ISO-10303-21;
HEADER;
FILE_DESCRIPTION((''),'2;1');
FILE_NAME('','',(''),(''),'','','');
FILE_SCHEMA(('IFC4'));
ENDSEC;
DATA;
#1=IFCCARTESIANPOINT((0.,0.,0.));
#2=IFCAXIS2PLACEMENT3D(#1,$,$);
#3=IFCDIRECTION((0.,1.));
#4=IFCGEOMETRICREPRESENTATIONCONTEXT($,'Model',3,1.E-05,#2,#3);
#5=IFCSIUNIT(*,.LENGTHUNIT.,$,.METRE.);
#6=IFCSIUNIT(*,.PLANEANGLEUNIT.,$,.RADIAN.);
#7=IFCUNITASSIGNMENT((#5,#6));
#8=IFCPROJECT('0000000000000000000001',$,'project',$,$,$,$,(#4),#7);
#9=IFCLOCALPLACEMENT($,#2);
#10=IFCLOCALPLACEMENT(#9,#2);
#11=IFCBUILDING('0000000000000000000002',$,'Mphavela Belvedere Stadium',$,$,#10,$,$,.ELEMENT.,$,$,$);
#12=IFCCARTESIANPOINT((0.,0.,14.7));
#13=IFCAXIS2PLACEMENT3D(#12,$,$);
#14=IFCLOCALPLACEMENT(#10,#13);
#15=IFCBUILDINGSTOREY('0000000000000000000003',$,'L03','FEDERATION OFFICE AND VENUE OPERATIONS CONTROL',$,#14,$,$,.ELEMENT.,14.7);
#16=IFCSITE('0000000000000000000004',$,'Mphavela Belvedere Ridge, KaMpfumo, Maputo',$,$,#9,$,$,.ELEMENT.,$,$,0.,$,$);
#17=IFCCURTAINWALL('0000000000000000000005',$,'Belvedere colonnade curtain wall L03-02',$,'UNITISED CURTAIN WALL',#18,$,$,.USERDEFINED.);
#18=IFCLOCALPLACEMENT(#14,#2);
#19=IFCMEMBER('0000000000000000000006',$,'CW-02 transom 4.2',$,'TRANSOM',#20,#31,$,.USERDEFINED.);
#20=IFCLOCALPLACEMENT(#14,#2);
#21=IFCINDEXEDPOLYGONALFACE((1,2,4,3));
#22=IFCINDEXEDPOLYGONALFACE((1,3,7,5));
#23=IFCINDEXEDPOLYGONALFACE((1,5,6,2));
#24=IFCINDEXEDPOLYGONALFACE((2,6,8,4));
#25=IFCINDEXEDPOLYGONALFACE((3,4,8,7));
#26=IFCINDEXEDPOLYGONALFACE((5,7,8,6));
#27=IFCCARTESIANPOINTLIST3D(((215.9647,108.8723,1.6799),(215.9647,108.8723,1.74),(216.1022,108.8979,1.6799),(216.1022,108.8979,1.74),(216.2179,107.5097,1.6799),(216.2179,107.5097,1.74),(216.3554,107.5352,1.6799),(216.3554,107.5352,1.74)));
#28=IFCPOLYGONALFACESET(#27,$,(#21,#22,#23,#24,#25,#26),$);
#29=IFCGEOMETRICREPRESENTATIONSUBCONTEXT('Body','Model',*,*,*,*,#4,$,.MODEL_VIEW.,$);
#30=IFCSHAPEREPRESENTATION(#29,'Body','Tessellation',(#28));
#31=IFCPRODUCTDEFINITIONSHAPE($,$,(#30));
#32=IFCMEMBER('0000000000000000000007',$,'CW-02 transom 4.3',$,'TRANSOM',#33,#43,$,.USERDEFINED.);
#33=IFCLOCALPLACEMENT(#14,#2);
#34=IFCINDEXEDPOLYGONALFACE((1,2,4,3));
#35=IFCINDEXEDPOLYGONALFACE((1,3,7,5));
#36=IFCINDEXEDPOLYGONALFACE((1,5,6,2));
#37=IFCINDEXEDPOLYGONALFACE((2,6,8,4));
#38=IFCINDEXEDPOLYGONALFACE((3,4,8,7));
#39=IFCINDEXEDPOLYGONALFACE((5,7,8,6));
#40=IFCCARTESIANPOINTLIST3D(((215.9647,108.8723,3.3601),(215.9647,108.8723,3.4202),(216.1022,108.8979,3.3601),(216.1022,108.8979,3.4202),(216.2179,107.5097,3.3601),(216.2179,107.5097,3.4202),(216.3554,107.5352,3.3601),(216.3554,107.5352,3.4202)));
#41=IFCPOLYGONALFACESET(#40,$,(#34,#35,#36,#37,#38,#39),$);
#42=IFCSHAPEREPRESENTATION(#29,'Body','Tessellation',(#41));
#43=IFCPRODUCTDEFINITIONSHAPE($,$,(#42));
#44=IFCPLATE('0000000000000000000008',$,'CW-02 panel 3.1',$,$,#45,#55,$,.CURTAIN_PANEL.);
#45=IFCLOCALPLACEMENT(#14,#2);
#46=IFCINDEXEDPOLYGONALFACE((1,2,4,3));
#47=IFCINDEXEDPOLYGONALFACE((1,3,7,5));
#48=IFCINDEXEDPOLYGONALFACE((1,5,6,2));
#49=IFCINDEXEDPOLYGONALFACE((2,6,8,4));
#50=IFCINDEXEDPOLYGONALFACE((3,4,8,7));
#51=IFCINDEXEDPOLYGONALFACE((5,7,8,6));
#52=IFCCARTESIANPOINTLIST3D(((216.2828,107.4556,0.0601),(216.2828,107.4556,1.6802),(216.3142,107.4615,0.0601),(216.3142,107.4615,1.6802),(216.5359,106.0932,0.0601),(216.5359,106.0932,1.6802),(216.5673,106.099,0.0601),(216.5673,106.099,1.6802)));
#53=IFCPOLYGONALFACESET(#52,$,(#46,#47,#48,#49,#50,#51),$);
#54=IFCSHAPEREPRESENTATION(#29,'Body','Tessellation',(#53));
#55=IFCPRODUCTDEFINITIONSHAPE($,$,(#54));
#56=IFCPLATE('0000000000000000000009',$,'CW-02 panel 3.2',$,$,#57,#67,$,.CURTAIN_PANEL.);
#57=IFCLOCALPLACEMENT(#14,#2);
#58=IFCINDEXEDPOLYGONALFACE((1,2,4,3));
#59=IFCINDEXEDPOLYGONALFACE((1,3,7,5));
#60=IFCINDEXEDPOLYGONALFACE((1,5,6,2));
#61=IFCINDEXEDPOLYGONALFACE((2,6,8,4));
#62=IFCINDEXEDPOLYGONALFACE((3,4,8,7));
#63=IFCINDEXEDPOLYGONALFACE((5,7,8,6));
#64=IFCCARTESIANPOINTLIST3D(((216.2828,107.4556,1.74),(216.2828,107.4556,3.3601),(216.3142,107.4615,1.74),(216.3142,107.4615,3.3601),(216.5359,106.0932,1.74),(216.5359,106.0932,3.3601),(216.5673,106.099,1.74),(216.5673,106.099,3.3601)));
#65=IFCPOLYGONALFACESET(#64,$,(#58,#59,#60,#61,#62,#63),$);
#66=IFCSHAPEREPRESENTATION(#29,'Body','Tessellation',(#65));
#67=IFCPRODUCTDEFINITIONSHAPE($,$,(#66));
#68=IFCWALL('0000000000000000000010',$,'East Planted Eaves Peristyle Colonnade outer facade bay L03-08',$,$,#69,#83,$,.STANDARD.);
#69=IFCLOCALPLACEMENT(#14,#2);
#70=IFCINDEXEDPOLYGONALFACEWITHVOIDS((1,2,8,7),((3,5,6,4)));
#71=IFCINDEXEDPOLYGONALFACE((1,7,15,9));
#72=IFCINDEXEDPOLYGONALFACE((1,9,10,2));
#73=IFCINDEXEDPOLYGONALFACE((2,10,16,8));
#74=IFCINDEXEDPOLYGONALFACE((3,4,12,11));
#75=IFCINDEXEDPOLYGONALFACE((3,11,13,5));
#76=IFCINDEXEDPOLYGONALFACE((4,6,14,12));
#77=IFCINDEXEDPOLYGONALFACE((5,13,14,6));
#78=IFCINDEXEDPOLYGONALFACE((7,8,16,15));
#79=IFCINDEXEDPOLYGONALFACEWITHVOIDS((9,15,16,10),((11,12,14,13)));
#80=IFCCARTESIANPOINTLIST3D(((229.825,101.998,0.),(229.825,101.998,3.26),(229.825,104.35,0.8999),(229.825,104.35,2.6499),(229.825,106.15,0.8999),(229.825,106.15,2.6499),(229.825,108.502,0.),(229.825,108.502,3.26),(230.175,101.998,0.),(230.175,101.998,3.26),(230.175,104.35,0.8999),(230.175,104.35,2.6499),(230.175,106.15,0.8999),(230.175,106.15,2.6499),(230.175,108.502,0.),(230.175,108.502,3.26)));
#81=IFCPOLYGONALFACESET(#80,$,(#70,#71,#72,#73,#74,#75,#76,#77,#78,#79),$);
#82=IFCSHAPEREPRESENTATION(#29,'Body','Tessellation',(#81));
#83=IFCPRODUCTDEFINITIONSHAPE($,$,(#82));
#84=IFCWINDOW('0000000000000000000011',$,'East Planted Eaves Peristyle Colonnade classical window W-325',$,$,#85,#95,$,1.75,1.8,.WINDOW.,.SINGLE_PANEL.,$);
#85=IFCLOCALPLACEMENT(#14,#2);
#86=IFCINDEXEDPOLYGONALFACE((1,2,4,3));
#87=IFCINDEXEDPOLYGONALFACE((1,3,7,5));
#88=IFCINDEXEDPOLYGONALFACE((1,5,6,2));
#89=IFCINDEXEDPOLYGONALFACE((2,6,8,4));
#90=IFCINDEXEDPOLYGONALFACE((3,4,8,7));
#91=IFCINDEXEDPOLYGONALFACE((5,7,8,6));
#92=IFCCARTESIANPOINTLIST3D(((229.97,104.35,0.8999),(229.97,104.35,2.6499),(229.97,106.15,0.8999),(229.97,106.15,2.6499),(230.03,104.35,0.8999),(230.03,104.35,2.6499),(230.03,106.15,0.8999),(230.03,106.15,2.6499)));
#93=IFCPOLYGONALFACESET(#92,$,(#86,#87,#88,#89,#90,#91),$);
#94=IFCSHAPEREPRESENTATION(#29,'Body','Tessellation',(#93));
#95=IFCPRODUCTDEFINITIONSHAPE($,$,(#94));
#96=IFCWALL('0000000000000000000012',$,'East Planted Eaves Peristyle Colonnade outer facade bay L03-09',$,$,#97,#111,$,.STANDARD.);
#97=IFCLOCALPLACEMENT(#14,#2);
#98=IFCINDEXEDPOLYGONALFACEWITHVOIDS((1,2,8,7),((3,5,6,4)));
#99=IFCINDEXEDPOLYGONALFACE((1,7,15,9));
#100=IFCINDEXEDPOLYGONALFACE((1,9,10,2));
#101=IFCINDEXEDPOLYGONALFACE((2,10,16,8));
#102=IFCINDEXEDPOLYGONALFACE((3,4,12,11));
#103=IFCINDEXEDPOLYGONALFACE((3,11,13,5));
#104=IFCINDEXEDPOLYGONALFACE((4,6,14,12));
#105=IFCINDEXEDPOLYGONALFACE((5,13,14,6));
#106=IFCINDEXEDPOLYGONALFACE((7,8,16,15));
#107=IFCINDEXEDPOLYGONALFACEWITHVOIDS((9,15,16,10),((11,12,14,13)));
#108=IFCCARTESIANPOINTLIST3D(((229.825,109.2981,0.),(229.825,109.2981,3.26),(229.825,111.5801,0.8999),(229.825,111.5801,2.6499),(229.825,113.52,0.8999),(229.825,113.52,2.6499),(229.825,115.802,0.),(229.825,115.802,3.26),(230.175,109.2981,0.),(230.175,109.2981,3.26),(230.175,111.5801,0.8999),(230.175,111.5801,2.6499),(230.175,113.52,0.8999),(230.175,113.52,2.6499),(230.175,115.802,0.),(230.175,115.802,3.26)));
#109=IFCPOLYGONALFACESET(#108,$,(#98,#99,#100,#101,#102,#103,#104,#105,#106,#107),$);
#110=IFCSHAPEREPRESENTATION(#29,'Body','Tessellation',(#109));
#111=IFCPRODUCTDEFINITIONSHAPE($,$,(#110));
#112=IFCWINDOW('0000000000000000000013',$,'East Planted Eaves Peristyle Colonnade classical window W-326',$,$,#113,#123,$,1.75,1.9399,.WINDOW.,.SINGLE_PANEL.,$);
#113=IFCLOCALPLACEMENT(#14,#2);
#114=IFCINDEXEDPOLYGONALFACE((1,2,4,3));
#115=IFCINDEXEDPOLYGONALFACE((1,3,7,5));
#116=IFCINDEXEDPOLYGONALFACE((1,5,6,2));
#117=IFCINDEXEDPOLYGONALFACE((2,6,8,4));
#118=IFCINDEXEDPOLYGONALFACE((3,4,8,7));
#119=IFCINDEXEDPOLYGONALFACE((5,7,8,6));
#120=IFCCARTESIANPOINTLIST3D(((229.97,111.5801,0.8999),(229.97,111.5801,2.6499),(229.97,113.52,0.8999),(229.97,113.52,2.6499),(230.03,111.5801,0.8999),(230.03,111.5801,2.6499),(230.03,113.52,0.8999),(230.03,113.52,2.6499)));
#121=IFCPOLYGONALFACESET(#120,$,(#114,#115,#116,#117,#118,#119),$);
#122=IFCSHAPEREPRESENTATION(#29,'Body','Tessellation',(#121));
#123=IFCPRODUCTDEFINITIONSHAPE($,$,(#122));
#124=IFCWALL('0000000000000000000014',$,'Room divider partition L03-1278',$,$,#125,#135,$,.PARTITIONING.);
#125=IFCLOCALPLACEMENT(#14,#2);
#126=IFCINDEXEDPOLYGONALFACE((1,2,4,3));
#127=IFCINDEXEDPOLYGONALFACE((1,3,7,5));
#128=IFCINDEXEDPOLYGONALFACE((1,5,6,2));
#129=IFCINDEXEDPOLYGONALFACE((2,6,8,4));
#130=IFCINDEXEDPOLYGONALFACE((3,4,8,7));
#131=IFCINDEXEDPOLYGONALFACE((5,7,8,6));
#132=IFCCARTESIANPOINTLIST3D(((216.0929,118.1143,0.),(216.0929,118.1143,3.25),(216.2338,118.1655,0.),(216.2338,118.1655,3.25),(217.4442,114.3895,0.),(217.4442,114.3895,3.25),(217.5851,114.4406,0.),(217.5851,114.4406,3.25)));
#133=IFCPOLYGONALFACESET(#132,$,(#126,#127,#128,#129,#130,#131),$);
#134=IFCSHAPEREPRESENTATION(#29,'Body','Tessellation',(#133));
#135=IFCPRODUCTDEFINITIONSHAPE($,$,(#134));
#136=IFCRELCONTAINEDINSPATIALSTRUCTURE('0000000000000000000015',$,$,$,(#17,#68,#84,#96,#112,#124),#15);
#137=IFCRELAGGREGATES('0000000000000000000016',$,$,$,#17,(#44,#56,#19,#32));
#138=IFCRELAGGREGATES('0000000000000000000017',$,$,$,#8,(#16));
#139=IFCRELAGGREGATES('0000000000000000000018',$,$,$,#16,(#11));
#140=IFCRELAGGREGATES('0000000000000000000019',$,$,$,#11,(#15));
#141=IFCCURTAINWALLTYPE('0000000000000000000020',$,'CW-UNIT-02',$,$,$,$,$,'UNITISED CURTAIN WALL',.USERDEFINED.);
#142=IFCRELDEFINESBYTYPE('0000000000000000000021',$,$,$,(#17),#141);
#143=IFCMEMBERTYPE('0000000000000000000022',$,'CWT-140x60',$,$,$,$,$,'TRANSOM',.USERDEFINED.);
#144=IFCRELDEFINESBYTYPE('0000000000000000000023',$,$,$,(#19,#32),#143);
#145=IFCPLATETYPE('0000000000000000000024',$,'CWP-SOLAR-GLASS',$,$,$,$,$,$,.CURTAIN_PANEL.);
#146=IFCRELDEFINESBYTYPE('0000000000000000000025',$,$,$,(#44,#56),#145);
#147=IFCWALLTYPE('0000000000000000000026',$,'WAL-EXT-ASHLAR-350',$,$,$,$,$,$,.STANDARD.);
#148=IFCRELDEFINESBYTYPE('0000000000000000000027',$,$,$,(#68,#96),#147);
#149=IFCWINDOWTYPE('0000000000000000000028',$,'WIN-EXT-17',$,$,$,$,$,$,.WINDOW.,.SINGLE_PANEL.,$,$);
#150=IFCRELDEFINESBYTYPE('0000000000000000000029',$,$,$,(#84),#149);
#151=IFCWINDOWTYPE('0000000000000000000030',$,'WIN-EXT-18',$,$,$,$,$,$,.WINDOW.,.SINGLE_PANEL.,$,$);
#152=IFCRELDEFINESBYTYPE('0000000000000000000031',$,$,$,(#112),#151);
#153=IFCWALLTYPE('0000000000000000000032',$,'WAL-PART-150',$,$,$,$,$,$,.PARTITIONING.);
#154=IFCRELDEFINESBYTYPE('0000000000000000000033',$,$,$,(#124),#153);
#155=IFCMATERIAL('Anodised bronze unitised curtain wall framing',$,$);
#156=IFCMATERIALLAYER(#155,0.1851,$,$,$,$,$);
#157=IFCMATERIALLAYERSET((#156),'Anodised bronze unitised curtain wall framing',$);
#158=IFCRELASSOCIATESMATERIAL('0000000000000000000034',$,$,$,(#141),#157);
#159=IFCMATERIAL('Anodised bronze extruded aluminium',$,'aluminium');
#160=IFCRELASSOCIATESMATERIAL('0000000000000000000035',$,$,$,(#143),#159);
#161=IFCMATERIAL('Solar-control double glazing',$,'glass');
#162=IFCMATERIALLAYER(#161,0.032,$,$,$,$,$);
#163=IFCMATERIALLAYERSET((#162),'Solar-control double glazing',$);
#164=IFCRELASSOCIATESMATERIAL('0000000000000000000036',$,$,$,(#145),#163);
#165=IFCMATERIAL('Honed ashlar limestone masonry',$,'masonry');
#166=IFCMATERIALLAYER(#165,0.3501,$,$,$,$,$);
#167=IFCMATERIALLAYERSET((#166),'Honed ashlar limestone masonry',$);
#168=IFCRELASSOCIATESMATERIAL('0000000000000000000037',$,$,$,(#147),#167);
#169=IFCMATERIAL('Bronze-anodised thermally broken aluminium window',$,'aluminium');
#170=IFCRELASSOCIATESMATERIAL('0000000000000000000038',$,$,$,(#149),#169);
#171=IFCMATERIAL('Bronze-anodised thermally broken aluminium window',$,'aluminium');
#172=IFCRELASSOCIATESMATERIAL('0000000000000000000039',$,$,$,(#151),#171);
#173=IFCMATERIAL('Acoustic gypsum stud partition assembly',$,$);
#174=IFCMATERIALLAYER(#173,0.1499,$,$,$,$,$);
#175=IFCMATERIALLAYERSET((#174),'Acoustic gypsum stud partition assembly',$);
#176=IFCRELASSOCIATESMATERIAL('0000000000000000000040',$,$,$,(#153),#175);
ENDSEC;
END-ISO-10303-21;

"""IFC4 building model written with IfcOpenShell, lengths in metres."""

from ifc_helpers import new_model, si_unit, direction, frame, frame_2d, origin, origin_2d, place, context, subcontext, project, spatial, rectangle, extrude, material, layer, layer_set, material_profile, profile_set, type_object, element, fill, aggregate, save


model = new_model("IFC4")

# Units and contexts
model_context = context("Model", 3, precision=1e-05, world=origin(), true_north=direction((0.0, 1.0)))
body_context = subcontext(model_context, "Body", "Model", "MODEL_VIEW")
ifc_project = project(units=[si_unit("LENGTHUNIT", "METRE"), si_unit("PLANEANGLEUNIT", "RADIAN")], contexts=[model_context])

# Site, building, storey
site_placement = place(None, origin())
site = spatial("IfcSite", under=ifc_project, at=site_placement, Name="Mphavela Belvedere Ridge, KaMpfumo, Maputo", CompositionType="ELEMENT", RefElevation=0.0)
building_placement = place(site_placement, origin())
building = spatial("IfcBuilding", under=site, at=building_placement, Name="Mphavela Belvedere Stadium", CompositionType="ELEMENT")
storey_placement = place(building_placement, frame((0.0, 0.0, 14.7)))
storey = spatial("IfcBuildingStorey", under=building, at=storey_placement, Name="L03", Description="FEDERATION OFFICE AND VENUE OPERATIONS CONTROL", CompositionType="ELEMENT", Elevation=14.7)

# Curtain wall, members, plates
ifc_material_1 = material(Name="Anodised bronze unitised curtain wall framing")
ifc_layer_1 = layer(ifc_material_1, 0.1851)
ifc_layer_set_1 = layer_set([ifc_layer_1], Name="Anodised bronze unitised curtain wall framing")
curtain_wall_type = type_object("IfcCurtainWallType", Name="CW-UNIT-02", ElementType="UNITISED CURTAIN WALL", PredefinedType="USERDEFINED", material=ifc_layer_set_1)
curtain_wall_placement = place(storey_placement, origin())
curtain_wall = element("IfcCurtainWall", 1, at=curtain_wall_placement, inside=storey, type_object=curtain_wall_type, Name="Belvedere colonnade curtain wall L03-02", ObjectType="UNITISED CURTAIN WALL", PredefinedType="USERDEFINED")
ifc_material_2 = material(Name="Anodised bronze extruded aluminium", Category="aluminium")
ifc_material_profile_1 = material_profile(ifc_material_2, rectangle(XDim=0.1399, YDim=0.0601, at=origin_2d()), Name="CW-TRN 140x60")
ifc_profile_set_1 = profile_set([ifc_material_profile_1], Name="Anodised bronze extruded aluminium")
member_type_1 = type_object("IfcMemberType", Name="CWT-140x60", ElementType="TRANSOM", PredefinedType="USERDEFINED", material=ifc_profile_set_1)
member_1_placement = place(storey_placement, frame((216.2866, 107.5225, 1.71), z_axis=(-0.182682, 0.983172, 0.0), x_axis=(-0.983172, -0.182682, 0.0)))
member_1 = element("IfcMember", 2, at=member_1_placement, type_object=member_type_1, Name="CW-02 transom 4.2", ObjectType="TRANSOM", PredefinedType="USERDEFINED", context=body_context, shape_type="SweptSolid", body=[
    extrude(rectangle(XDim=0.1399, YDim=0.0601, at=origin_2d()), origin(), (0.0, 0.0, 1.0), 1.386),
])
member_2_placement = place(storey_placement, frame((216.2866, 107.5225, 3.3901), z_axis=(-0.182682, 0.983172, 0.0), x_axis=(-0.983172, -0.182682, 0.0)))
member_2 = element("IfcMember", 3, at=member_2_placement, type_object=member_type_1, Name="CW-02 transom 4.3", ObjectType="TRANSOM", PredefinedType="USERDEFINED", context=body_context, shape_type="SweptSolid", body=[
    extrude(rectangle(XDim=0.1399, YDim=0.0601, at=origin_2d()), origin(), (0.0, 0.0, 1.0), 1.386),
])
ifc_material_3 = material(Name="Solar-control double glazing", Category="glass")
ifc_layer_2 = layer(ifc_material_3, 0.032)
ifc_layer_set_2 = layer_set([ifc_layer_2], Name="Solar-control double glazing")
plate_type = type_object("IfcPlateType", Name="CWP-SOLAR-GLASS", PredefinedType="CURTAIN_PANEL", material=ifc_layer_set_2)
plate_1_placement = place(storey_placement, frame((216.425, 106.7773, 0.0601), z_axis=(0.0, 0.0, 1.0), x_axis=(-0.182631, 0.983181, 0.0)))
plate_1 = element("IfcPlate", 4, at=plate_1_placement, type_object=plate_type, Name="CW-02 panel 3.1", PredefinedType="CURTAIN_PANEL", context=body_context, shape_type="SweptSolid", body=[
    extrude(rectangle(XDim=1.3857, YDim=0.032, at=origin_2d()), origin(), (0.0, 0.0, 1.0), 1.6201),
])
plate_2_placement = place(storey_placement, frame((216.425, 106.7773, 1.74), z_axis=(0.0, 0.0, 1.0), x_axis=(-0.182631, 0.983181, 0.0)))
plate_2 = element("IfcPlate", 5, at=plate_2_placement, type_object=plate_type, Name="CW-02 panel 3.2", PredefinedType="CURTAIN_PANEL", context=body_context, shape_type="SweptSolid", body=[
    extrude(rectangle(XDim=1.3857, YDim=0.032, at=origin_2d()), origin(), (0.0, 0.0, 1.0), 1.6201),
])
aggregate(curtain_wall, [plate_1, plate_2, member_1, member_2])

# Walls, openings, windows
ifc_material_4 = material(Name="Honed ashlar limestone masonry", Category="masonry")
ifc_layer_3 = layer(ifc_material_4, 0.3501)
ifc_layer_set_3 = layer_set([ifc_layer_3], Name="Honed ashlar limestone masonry")
wall_type_1 = type_object("IfcWallType", Name="WAL-EXT-ASHLAR-350", PredefinedType="STANDARD", material=ifc_layer_set_3)
wall_1_placement = place(storey_placement, frame((230.0, 108.502, 0.0), z_axis=(0.0, 0.0, 1.0), x_axis=(0.0, -1.0, 0.0)))
wall_1 = element("IfcWall", 6, at=wall_1_placement, inside=storey, type_object=wall_type_1, Name="East Planted Eaves Peristyle Colonnade outer facade bay L03-08", PredefinedType="STANDARD", context=body_context, shape_type="SweptSolid", body=[
    extrude(rectangle(XDim=6.5039, YDim=0.3501, at=frame_2d((3.252, 0.0))), origin(), (0.0, 0.0, 1.0), 3.26),
])
opening_1_placement = place(wall_1_placement, frame((2.3521, 0.0, 0.8999)))
opening_1 = element("IfcOpeningElement", 7, at=opening_1_placement, cuts=wall_1, PredefinedType="OPENING", context=body_context, shape_type="SweptSolid", body=[
    extrude(rectangle(XDim=1.8, YDim=1.75, at=frame_2d((0.8999, 0.875))), frame((0.0, 0.1851, 0.0), z_axis=(0.0, -1.0, 0.0), x_axis=(1.0, 0.0, 0.0)), (0.0, 0.0, 1.0), 0.3701),
])
ifc_material_5 = material(Name="Bronze-anodised thermally broken aluminium window", Category="aluminium")
window_type_1 = type_object("IfcWindowType", Name="WIN-EXT-17", PartitioningType="SINGLE_PANEL", PredefinedType="WINDOW", material=ifc_material_5)
window_1_placement = place(opening_1_placement, origin())
window_1 = element("IfcWindow", 8, at=window_1_placement, inside=storey, type_object=window_type_1, Name="East Planted Eaves Peristyle Colonnade classical window W-325", OverallHeight=1.75, OverallWidth=1.8, PartitioningType="SINGLE_PANEL", PredefinedType="WINDOW", context=body_context, shape_type="SweptSolid", body=[
    extrude(rectangle(XDim=1.8, YDim=1.75, at=frame_2d((0.8999, 0.875))), frame((0.0, 0.03, 0.0), z_axis=(0.0, -1.0, 0.0), x_axis=(1.0, 0.0, 0.0)), (0.0, 0.0, 1.0), 0.0601),
])
fill(opening_1, window_1)
wall_2_placement = place(storey_placement, frame((230.0, 115.802, 0.0), z_axis=(0.0, 0.0, 1.0), x_axis=(0.0, -1.0, 0.0)))
wall_2 = element("IfcWall", 9, at=wall_2_placement, inside=storey, type_object=wall_type_1, Name="East Planted Eaves Peristyle Colonnade outer facade bay L03-09", PredefinedType="STANDARD", context=body_context, shape_type="SweptSolid", body=[
    extrude(rectangle(XDim=6.5039, YDim=0.3501, at=frame_2d((3.252, 0.0))), origin(), (0.0, 0.0, 1.0), 3.26),
])
opening_2_placement = place(wall_2_placement, frame((2.282, 0.0, 0.8999)))
opening_2 = element("IfcOpeningElement", 10, at=opening_2_placement, cuts=wall_2, PredefinedType="OPENING", context=body_context, shape_type="SweptSolid", body=[
    extrude(rectangle(XDim=1.9399, YDim=1.75, at=frame_2d((0.97, 0.875))), frame((0.0, 0.1851, 0.0), z_axis=(0.0, -1.0, 0.0), x_axis=(1.0, 0.0, 0.0)), (0.0, 0.0, 1.0), 0.3701),
])
ifc_material_6 = material(Name="Bronze-anodised thermally broken aluminium window", Category="aluminium")
window_type_2 = type_object("IfcWindowType", Name="WIN-EXT-18", PartitioningType="SINGLE_PANEL", PredefinedType="WINDOW", material=ifc_material_6)
window_2_placement = place(opening_2_placement, origin())
window_2 = element("IfcWindow", 11, at=window_2_placement, inside=storey, type_object=window_type_2, Name="East Planted Eaves Peristyle Colonnade classical window W-326", OverallHeight=1.75, OverallWidth=1.9399, PartitioningType="SINGLE_PANEL", PredefinedType="WINDOW", context=body_context, shape_type="SweptSolid", body=[
    extrude(rectangle(XDim=1.9399, YDim=1.75, at=frame_2d((0.97, 0.875))), frame((0.0, 0.03, 0.0), z_axis=(0.0, -1.0, 0.0), x_axis=(1.0, 0.0, 0.0)), (0.0, 0.0, 1.0), 0.0601),
])
fill(opening_2, window_2)

# Wall
ifc_material_7 = material(Name="Acoustic gypsum stud partition assembly")
ifc_layer_4 = layer(ifc_material_7, 0.1499)
ifc_layer_set_4 = layer_set([ifc_layer_4], Name="Acoustic gypsum stud partition assembly")
wall_type_2 = type_object("IfcWallType", Name="WAL-PART-150", PredefinedType="PARTITIONING", material=ifc_layer_set_4)
wall_3_placement = place(storey_placement, frame((217.5146, 114.415, 0.0), z_axis=(0.0, 0.0, 1.0), x_axis=(-0.341036, 0.94005, 0.0)))
element("IfcWall", 12, at=wall_3_placement, inside=storey, type_object=wall_type_2, Name="Room divider partition L03-1278", PredefinedType="PARTITIONING", context=body_context, shape_type="SweptSolid", body=[
    extrude(rectangle(XDim=3.9624, YDim=0.1499, at=frame_2d((1.9812, 0.0))), origin(), (0.0, 0.0, 1.0), 3.25),
])

save(model, "model.ifc")
